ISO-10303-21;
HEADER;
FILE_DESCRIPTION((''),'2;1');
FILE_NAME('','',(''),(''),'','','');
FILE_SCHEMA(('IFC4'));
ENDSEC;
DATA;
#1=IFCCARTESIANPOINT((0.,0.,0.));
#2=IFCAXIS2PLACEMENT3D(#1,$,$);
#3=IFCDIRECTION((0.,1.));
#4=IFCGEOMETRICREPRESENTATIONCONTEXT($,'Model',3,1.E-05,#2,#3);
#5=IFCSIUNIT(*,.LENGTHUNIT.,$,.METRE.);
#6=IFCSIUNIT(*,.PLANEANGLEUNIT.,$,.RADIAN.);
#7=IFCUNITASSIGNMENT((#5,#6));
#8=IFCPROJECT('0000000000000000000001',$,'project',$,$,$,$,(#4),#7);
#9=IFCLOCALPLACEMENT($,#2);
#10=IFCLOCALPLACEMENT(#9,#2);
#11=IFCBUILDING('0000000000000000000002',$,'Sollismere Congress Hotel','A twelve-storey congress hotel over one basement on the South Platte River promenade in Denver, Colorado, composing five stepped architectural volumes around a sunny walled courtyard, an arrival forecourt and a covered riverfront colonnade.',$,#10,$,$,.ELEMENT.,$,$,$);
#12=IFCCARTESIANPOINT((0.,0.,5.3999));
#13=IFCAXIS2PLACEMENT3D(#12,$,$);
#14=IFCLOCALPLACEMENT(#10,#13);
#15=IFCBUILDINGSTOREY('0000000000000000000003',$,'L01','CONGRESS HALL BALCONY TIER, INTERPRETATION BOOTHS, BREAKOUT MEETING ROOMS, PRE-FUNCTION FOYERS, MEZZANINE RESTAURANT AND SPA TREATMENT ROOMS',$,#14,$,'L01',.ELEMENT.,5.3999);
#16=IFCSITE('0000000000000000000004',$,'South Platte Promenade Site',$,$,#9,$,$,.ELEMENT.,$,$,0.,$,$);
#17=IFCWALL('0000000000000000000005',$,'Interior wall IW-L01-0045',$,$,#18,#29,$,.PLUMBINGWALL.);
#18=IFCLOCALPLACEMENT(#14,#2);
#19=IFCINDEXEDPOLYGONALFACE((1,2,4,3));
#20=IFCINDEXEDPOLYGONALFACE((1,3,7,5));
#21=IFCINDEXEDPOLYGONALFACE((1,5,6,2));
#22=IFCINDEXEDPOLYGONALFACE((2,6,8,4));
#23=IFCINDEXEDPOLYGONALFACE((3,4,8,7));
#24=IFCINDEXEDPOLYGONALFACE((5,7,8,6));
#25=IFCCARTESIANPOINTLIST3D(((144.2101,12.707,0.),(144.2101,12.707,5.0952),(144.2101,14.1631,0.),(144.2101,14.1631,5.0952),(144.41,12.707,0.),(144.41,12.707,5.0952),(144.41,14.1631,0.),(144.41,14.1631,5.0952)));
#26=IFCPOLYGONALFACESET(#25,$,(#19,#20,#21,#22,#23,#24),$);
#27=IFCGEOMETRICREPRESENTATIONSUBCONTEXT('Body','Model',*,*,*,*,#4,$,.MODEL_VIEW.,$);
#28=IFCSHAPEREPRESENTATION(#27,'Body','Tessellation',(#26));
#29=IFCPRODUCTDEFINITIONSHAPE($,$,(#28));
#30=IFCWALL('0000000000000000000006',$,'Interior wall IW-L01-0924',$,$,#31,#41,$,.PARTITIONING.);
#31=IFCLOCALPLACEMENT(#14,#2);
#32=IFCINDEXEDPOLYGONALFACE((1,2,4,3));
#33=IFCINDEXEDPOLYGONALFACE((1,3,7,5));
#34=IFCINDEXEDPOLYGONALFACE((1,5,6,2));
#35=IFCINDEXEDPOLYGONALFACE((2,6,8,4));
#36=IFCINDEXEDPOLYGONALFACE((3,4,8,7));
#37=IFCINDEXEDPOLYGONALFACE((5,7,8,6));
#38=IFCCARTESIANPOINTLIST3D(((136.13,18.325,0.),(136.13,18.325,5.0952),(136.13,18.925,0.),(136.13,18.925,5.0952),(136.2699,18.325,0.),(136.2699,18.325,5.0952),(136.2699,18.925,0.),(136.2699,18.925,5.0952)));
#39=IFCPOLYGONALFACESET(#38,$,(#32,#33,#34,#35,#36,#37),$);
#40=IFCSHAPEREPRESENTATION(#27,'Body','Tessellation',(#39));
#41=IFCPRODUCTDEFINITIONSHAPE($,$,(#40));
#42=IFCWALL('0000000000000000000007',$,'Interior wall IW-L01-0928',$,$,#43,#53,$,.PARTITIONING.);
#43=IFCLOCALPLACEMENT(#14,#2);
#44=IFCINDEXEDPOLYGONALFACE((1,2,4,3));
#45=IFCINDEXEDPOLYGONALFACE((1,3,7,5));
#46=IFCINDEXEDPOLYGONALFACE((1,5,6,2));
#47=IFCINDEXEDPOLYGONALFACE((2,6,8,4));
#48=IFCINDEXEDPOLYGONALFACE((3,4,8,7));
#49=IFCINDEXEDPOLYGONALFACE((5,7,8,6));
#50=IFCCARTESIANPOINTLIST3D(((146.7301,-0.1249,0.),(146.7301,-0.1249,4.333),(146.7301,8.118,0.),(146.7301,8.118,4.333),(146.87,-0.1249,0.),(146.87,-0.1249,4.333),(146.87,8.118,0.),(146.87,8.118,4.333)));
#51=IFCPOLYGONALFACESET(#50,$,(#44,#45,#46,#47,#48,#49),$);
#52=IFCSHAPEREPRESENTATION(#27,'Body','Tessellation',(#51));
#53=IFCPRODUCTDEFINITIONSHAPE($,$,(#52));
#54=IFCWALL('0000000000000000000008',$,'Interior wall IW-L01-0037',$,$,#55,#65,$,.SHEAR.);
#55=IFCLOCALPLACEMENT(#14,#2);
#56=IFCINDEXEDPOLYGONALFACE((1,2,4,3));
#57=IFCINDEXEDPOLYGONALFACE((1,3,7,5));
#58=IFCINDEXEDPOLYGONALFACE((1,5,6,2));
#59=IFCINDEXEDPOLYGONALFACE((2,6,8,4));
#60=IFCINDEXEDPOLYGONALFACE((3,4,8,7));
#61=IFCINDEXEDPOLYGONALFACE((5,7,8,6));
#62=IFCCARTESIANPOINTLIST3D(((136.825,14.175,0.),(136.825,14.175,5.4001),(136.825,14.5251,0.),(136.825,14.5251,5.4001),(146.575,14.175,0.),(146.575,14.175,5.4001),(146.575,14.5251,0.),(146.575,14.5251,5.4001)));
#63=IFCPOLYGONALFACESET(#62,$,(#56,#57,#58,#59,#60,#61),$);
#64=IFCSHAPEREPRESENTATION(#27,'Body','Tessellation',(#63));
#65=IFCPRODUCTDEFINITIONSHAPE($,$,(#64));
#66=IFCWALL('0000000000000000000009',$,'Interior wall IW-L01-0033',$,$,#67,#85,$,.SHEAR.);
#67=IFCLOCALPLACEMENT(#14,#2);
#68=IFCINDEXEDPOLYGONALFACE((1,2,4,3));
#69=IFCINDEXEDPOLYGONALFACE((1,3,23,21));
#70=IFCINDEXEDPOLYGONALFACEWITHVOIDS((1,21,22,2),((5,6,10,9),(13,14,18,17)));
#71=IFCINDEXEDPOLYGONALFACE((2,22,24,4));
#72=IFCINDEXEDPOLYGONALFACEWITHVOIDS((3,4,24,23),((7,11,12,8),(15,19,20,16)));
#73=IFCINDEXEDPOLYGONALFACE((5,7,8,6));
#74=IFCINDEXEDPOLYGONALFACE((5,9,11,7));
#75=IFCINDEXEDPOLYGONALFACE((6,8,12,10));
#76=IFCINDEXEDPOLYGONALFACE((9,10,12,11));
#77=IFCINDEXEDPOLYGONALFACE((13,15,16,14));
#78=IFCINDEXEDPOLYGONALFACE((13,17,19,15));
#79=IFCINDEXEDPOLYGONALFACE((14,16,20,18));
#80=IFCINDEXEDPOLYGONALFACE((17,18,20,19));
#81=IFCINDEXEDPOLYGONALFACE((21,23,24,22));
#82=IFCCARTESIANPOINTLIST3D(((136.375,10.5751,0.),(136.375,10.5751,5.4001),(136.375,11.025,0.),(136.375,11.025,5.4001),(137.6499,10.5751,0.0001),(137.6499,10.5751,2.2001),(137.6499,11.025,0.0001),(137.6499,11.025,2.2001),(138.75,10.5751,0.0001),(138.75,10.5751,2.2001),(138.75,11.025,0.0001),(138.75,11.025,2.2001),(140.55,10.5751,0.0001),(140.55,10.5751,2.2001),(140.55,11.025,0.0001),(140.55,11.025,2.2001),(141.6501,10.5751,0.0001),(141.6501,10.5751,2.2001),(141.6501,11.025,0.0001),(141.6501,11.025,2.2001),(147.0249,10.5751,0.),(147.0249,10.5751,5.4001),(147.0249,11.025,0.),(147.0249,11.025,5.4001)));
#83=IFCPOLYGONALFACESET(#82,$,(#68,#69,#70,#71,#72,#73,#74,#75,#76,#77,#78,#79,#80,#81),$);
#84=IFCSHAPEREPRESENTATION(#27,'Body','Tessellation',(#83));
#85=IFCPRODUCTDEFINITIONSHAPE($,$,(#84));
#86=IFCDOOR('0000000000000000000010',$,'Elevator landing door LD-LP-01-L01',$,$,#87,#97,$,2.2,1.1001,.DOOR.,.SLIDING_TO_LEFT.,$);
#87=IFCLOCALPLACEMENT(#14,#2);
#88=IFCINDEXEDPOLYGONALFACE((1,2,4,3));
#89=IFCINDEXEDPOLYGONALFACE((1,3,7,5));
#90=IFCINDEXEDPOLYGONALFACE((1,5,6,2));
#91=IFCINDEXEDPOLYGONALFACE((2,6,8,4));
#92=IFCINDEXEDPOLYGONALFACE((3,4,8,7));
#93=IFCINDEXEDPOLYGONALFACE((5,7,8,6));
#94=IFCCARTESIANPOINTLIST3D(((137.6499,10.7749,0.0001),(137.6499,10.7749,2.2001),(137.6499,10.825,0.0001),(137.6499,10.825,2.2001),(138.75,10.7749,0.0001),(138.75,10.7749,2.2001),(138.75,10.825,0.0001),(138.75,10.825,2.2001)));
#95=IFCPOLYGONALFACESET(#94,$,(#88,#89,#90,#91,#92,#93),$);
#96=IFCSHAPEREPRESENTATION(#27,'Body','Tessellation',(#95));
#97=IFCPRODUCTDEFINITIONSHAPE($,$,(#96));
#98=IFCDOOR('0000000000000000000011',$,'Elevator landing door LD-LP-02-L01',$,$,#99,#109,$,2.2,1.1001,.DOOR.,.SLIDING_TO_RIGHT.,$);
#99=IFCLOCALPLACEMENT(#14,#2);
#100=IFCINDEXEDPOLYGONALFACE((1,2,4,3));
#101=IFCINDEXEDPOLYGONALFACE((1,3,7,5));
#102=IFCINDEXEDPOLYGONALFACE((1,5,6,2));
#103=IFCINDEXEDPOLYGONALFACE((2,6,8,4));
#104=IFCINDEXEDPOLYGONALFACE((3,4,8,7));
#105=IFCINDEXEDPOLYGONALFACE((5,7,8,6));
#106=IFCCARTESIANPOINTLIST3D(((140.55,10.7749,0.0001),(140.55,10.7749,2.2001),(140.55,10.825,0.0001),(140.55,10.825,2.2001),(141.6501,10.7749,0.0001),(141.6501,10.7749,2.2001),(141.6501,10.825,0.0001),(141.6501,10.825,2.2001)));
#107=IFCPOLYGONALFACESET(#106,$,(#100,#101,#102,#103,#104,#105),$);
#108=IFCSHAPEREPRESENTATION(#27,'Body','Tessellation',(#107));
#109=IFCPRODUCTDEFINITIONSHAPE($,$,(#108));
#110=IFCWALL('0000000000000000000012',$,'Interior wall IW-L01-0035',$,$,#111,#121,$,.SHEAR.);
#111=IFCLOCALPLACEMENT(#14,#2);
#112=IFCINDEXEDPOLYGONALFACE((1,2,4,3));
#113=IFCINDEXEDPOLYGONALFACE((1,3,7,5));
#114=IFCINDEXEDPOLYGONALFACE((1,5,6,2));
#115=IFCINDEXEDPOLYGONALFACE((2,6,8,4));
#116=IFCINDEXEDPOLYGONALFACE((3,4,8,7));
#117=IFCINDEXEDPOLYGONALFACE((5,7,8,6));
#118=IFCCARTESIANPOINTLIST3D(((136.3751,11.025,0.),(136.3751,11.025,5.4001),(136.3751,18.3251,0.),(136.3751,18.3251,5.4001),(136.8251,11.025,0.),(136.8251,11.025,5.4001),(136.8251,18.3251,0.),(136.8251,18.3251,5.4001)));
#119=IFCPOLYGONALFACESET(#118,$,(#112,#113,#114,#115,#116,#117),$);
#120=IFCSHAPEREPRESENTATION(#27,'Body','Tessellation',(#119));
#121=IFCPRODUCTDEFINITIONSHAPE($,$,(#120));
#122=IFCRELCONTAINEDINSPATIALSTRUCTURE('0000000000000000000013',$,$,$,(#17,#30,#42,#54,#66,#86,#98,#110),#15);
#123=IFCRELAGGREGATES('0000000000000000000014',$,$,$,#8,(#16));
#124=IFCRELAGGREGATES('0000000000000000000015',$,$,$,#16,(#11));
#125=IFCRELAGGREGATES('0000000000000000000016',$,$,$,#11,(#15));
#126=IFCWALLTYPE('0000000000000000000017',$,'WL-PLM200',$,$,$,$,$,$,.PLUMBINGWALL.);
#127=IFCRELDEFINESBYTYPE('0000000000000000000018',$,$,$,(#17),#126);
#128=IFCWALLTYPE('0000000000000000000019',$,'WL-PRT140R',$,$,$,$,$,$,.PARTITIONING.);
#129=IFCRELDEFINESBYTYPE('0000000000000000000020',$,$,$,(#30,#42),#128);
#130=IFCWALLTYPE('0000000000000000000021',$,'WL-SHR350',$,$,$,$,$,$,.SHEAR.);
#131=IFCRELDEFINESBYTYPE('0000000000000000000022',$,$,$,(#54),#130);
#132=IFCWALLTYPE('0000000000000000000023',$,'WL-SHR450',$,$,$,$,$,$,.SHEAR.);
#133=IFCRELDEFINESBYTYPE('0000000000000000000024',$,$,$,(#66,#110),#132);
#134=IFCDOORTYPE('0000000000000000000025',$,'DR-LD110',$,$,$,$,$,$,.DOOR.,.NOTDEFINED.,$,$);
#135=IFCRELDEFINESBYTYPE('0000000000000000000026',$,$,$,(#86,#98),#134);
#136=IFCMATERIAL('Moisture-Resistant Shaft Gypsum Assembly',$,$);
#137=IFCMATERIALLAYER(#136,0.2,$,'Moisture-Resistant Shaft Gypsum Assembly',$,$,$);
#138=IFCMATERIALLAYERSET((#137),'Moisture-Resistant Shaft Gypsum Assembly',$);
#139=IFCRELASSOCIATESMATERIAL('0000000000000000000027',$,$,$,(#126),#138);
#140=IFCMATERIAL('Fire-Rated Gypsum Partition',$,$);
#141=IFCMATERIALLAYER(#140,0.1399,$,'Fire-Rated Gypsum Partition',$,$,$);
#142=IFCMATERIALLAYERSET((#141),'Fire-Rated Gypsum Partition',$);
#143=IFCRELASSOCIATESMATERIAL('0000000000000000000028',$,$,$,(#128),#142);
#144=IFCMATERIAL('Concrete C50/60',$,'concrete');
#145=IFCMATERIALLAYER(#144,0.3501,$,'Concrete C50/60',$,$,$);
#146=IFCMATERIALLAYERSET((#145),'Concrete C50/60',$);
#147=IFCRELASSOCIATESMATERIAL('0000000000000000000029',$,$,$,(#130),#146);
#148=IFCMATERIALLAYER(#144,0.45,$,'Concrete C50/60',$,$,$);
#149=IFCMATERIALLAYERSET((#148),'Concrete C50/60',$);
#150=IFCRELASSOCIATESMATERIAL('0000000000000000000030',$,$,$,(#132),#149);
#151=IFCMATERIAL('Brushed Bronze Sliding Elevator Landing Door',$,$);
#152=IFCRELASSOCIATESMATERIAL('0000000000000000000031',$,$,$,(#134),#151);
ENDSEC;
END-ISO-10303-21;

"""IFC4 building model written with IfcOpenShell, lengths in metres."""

from ifc_helpers import new_model, si_unit, direction, frame, frame_2d, origin, place, context, subcontext, project, spatial, rectangle, extrude, material, layer, layer_set, type_object, element, fill, save


model = new_model("IFC4")

# Units and contexts
model_context = context("Model", 3, precision=1e-05, world=origin(), true_north=direction((0.0, 1.0)))
body_context = subcontext(model_context, "Body", "Model", "MODEL_VIEW")
ifc_project = project(units=[si_unit("LENGTHUNIT", "METRE"), si_unit("PLANEANGLEUNIT", "RADIAN")], contexts=[model_context])

# Site, building, storey
site_placement = place(None, origin())
site = spatial("IfcSite", under=ifc_project, at=site_placement, Name="South Platte Promenade Site", CompositionType="ELEMENT", RefElevation=0.0)
building_placement = place(site_placement, origin())
building = spatial("IfcBuilding", under=site, at=building_placement, Name="Sollismere Congress Hotel", Description="A twelve-storey congress hotel over one basement on the South Platte River promenade in Denver, Colorado, composing five stepped architectural volumes around a sunny walled courtyard, an arrival forecourt and a covered riverfront colonnade.", CompositionType="ELEMENT")
storey_placement = place(building_placement, frame((0.0, 0.0, 5.3999)))
storey = spatial("IfcBuildingStorey", under=building, at=storey_placement, Name="L01", Description="CONGRESS HALL BALCONY TIER, INTERPRETATION BOOTHS, BREAKOUT MEETING ROOMS, PRE-FUNCTION FOYERS, MEZZANINE RESTAURANT AND SPA TREATMENT ROOMS", LongName="L01", CompositionType="ELEMENT", Elevation=5.3999)

# Walls
ifc_material_1 = material(Name="Moisture-Resistant Shaft Gypsum Assembly")
ifc_layer_1 = layer(ifc_material_1, 0.2, Name="Moisture-Resistant Shaft Gypsum Assembly")
ifc_layer_set_1 = layer_set([ifc_layer_1], Name="Moisture-Resistant Shaft Gypsum Assembly")
wall_type_1 = type_object("IfcWallType", Name="WL-PLM200", PredefinedType="PLUMBINGWALL", material=ifc_layer_set_1)
wall_1_placement = place(storey_placement, frame((144.3101, 12.707, 0.0), z_axis=(0.0, 0.0, 1.0), x_axis=(0.0, 1.0, 0.0)))
element("IfcWall", 1, at=wall_1_placement, inside=storey, type_object=wall_type_1, Name="Interior wall IW-L01-0045", PredefinedType="PLUMBINGWALL", context=body_context, shape_type="SweptSolid", body=[
    extrude(rectangle(XDim=1.4561, YDim=0.2, at=frame_2d((0.728, 0.0))), origin(), (0.0, 0.0, 1.0), 5.0952),
])
ifc_material_2 = material(Name="Fire-Rated Gypsum Partition")
ifc_layer_2 = layer(ifc_material_2, 0.1399, Name="Fire-Rated Gypsum Partition")
ifc_layer_set_2 = layer_set([ifc_layer_2], Name="Fire-Rated Gypsum Partition")
wall_type_2 = type_object("IfcWallType", Name="WL-PRT140R", PredefinedType="PARTITIONING", material=ifc_layer_set_2)
wall_2_placement = place(storey_placement, frame((136.2, 18.325, 0.0), z_axis=(0.0, 0.0, 1.0), x_axis=(0.0, 1.0, 0.0)))
element("IfcWall", 2, at=wall_2_placement, inside=storey, type_object=wall_type_2, Name="Interior wall IW-L01-0924", PredefinedType="PARTITIONING", context=body_context, shape_type="SweptSolid", body=[
    extrude(rectangle(XDim=0.6001, YDim=0.1399, at=frame_2d((0.3, 0.0))), origin(), (0.0, 0.0, 1.0), 5.0952),
])
wall_3_placement = place(storey_placement, frame((146.8, -0.125, 0.0), z_axis=(0.0, 0.0, 1.0), x_axis=(0.0, 1.0, 0.0)))
element("IfcWall", 3, at=wall_3_placement, inside=storey, type_object=wall_type_2, Name="Interior wall IW-L01-0928", PredefinedType="PARTITIONING", context=body_context, shape_type="SweptSolid", body=[
    extrude(rectangle(XDim=8.2429, YDim=0.1399, at=frame_2d((4.1216, 0.0))), origin(), (0.0, 0.0, 1.0), 4.333),
])
ifc_material_3 = material(Name="Concrete C50/60", Category="concrete")
ifc_layer_3 = layer(ifc_material_3, 0.3501, Name="Concrete C50/60")
ifc_layer_set_3 = layer_set([ifc_layer_3], Name="Concrete C50/60")
wall_type_3 = type_object("IfcWallType", Name="WL-SHR350", PredefinedType="SHEAR", material=ifc_layer_set_3)
wall_4_placement = place(storey_placement, frame((136.825, 14.3501, 0.0), z_axis=(0.0, 0.0, 1.0), x_axis=(1.0, 0.0, 0.0)))
element("IfcWall", 4, at=wall_4_placement, inside=storey, type_object=wall_type_3, Name="Interior wall IW-L01-0037", PredefinedType="SHEAR", context=body_context, shape_type="SweptSolid", body=[
    extrude(rectangle(XDim=9.75, YDim=0.3501, at=frame_2d((4.875, 0.0))), origin(), (0.0, 0.0, 1.0), 5.4001),
])

# Wall, openings, doors
ifc_layer_4 = layer(ifc_material_3, 0.45, Name="Concrete C50/60")
ifc_layer_set_4 = layer_set([ifc_layer_4], Name="Concrete C50/60")
wall_type_4 = type_object("IfcWallType", Name="WL-SHR450", PredefinedType="SHEAR", material=ifc_layer_set_4)
wall_5_placement = place(storey_placement, frame((136.375, 10.8, 0.0), z_axis=(0.0, 0.0, 1.0), x_axis=(1.0, 0.0, 0.0)))
wall_5 = element("IfcWall", 5, at=wall_5_placement, inside=storey, type_object=wall_type_4, Name="Interior wall IW-L01-0033", PredefinedType="SHEAR", context=body_context, shape_type="SweptSolid", body=[
    extrude(rectangle(XDim=10.6499, YDim=0.45, at=frame_2d((5.325, 0.0))), origin(), (0.0, 0.0, 1.0), 5.4001),
])
opening_1_placement = place(wall_5_placement, frame((1.2749, 0.0, 0.0)))
opening_1 = element("IfcOpeningElement", 6, at=opening_1_placement, cuts=wall_5, PredefinedType="OPENING", context=body_context, shape_type="SweptSolid", body=[
    extrude(rectangle(XDim=1.1001, YDim=2.2, at=frame_2d((0.55, 1.1001))), frame((0.0, 0.2349, 0.0), z_axis=(0.0, -1.0, 0.0), x_axis=(1.0, 0.0, 0.0)), (0.0, 0.0, 1.0), 0.47),
])
opening_2_placement = place(wall_5_placement, frame((4.175, 0.0, 0.0)))
opening_2 = element("IfcOpeningElement", 7, at=opening_2_placement, cuts=wall_5, PredefinedType="OPENING", context=body_context, shape_type="SweptSolid", body=[
    extrude(rectangle(XDim=1.1001, YDim=2.2, at=frame_2d((0.55, 1.1001))), frame((0.0, 0.2349, 0.0), z_axis=(0.0, -1.0, 0.0), x_axis=(1.0, 0.0, 0.0)), (0.0, 0.0, 1.0), 0.47),
])
ifc_material_4 = material(Name="Brushed Bronze Sliding Elevator Landing Door")
door_type_1 = type_object("IfcDoorType", Name="DR-LD110", OperationType="NOTDEFINED", PredefinedType="DOOR", material=ifc_material_4)
door_1_placement = place(opening_1_placement, origin())
door_1 = element("IfcDoor", 8, at=door_1_placement, inside=storey, type_object=door_type_1, Name="Elevator landing door LD-LP-01-L01", OperationType="SLIDING_TO_LEFT", OverallHeight=2.2, OverallWidth=1.1001, PredefinedType="DOOR", context=body_context, shape_type="SweptSolid", body=[
    extrude(rectangle(XDim=1.1001, YDim=2.2, at=frame_2d((0.55, 1.1001))), frame((0.0, 0.0249, 0.0), z_axis=(0.0, -1.0, 0.0), x_axis=(1.0, 0.0, 0.0)), (0.0, 0.0, 1.0), 0.05),
])
fill(opening_1, door_1)
door_2_placement = place(opening_2_placement, origin())
door_2 = element("IfcDoor", 9, at=door_2_placement, inside=storey, type_object=door_type_1, Name="Elevator landing door LD-LP-02-L01", OperationType="SLIDING_TO_RIGHT", OverallHeight=2.2, OverallWidth=1.1001, PredefinedType="DOOR", context=body_context, shape_type="SweptSolid", body=[
    extrude(rectangle(XDim=1.1001, YDim=2.2, at=frame_2d((0.55, 1.1001))), frame((0.0, 0.0249, 0.0), z_axis=(0.0, -1.0, 0.0), x_axis=(1.0, 0.0, 0.0)), (0.0, 0.0, 1.0), 0.05),
])
fill(opening_2, door_2)

# Wall
wall_6_placement = place(storey_placement, frame((136.6001, 18.325, 0.0), z_axis=(0.0, 0.0, 1.0), x_axis=(0.0, -1.0, 0.0)))
element("IfcWall", 10, at=wall_6_placement, inside=storey, type_object=wall_type_4, Name="Interior wall IW-L01-0035", PredefinedType="SHEAR", context=body_context, shape_type="SweptSolid", body=[
    extrude(rectangle(XDim=7.3, YDim=0.45, at=frame_2d((3.6499, 0.0))), origin(), (0.0, 0.0, 1.0), 5.4001),
])

save(model, "model.ifc")
